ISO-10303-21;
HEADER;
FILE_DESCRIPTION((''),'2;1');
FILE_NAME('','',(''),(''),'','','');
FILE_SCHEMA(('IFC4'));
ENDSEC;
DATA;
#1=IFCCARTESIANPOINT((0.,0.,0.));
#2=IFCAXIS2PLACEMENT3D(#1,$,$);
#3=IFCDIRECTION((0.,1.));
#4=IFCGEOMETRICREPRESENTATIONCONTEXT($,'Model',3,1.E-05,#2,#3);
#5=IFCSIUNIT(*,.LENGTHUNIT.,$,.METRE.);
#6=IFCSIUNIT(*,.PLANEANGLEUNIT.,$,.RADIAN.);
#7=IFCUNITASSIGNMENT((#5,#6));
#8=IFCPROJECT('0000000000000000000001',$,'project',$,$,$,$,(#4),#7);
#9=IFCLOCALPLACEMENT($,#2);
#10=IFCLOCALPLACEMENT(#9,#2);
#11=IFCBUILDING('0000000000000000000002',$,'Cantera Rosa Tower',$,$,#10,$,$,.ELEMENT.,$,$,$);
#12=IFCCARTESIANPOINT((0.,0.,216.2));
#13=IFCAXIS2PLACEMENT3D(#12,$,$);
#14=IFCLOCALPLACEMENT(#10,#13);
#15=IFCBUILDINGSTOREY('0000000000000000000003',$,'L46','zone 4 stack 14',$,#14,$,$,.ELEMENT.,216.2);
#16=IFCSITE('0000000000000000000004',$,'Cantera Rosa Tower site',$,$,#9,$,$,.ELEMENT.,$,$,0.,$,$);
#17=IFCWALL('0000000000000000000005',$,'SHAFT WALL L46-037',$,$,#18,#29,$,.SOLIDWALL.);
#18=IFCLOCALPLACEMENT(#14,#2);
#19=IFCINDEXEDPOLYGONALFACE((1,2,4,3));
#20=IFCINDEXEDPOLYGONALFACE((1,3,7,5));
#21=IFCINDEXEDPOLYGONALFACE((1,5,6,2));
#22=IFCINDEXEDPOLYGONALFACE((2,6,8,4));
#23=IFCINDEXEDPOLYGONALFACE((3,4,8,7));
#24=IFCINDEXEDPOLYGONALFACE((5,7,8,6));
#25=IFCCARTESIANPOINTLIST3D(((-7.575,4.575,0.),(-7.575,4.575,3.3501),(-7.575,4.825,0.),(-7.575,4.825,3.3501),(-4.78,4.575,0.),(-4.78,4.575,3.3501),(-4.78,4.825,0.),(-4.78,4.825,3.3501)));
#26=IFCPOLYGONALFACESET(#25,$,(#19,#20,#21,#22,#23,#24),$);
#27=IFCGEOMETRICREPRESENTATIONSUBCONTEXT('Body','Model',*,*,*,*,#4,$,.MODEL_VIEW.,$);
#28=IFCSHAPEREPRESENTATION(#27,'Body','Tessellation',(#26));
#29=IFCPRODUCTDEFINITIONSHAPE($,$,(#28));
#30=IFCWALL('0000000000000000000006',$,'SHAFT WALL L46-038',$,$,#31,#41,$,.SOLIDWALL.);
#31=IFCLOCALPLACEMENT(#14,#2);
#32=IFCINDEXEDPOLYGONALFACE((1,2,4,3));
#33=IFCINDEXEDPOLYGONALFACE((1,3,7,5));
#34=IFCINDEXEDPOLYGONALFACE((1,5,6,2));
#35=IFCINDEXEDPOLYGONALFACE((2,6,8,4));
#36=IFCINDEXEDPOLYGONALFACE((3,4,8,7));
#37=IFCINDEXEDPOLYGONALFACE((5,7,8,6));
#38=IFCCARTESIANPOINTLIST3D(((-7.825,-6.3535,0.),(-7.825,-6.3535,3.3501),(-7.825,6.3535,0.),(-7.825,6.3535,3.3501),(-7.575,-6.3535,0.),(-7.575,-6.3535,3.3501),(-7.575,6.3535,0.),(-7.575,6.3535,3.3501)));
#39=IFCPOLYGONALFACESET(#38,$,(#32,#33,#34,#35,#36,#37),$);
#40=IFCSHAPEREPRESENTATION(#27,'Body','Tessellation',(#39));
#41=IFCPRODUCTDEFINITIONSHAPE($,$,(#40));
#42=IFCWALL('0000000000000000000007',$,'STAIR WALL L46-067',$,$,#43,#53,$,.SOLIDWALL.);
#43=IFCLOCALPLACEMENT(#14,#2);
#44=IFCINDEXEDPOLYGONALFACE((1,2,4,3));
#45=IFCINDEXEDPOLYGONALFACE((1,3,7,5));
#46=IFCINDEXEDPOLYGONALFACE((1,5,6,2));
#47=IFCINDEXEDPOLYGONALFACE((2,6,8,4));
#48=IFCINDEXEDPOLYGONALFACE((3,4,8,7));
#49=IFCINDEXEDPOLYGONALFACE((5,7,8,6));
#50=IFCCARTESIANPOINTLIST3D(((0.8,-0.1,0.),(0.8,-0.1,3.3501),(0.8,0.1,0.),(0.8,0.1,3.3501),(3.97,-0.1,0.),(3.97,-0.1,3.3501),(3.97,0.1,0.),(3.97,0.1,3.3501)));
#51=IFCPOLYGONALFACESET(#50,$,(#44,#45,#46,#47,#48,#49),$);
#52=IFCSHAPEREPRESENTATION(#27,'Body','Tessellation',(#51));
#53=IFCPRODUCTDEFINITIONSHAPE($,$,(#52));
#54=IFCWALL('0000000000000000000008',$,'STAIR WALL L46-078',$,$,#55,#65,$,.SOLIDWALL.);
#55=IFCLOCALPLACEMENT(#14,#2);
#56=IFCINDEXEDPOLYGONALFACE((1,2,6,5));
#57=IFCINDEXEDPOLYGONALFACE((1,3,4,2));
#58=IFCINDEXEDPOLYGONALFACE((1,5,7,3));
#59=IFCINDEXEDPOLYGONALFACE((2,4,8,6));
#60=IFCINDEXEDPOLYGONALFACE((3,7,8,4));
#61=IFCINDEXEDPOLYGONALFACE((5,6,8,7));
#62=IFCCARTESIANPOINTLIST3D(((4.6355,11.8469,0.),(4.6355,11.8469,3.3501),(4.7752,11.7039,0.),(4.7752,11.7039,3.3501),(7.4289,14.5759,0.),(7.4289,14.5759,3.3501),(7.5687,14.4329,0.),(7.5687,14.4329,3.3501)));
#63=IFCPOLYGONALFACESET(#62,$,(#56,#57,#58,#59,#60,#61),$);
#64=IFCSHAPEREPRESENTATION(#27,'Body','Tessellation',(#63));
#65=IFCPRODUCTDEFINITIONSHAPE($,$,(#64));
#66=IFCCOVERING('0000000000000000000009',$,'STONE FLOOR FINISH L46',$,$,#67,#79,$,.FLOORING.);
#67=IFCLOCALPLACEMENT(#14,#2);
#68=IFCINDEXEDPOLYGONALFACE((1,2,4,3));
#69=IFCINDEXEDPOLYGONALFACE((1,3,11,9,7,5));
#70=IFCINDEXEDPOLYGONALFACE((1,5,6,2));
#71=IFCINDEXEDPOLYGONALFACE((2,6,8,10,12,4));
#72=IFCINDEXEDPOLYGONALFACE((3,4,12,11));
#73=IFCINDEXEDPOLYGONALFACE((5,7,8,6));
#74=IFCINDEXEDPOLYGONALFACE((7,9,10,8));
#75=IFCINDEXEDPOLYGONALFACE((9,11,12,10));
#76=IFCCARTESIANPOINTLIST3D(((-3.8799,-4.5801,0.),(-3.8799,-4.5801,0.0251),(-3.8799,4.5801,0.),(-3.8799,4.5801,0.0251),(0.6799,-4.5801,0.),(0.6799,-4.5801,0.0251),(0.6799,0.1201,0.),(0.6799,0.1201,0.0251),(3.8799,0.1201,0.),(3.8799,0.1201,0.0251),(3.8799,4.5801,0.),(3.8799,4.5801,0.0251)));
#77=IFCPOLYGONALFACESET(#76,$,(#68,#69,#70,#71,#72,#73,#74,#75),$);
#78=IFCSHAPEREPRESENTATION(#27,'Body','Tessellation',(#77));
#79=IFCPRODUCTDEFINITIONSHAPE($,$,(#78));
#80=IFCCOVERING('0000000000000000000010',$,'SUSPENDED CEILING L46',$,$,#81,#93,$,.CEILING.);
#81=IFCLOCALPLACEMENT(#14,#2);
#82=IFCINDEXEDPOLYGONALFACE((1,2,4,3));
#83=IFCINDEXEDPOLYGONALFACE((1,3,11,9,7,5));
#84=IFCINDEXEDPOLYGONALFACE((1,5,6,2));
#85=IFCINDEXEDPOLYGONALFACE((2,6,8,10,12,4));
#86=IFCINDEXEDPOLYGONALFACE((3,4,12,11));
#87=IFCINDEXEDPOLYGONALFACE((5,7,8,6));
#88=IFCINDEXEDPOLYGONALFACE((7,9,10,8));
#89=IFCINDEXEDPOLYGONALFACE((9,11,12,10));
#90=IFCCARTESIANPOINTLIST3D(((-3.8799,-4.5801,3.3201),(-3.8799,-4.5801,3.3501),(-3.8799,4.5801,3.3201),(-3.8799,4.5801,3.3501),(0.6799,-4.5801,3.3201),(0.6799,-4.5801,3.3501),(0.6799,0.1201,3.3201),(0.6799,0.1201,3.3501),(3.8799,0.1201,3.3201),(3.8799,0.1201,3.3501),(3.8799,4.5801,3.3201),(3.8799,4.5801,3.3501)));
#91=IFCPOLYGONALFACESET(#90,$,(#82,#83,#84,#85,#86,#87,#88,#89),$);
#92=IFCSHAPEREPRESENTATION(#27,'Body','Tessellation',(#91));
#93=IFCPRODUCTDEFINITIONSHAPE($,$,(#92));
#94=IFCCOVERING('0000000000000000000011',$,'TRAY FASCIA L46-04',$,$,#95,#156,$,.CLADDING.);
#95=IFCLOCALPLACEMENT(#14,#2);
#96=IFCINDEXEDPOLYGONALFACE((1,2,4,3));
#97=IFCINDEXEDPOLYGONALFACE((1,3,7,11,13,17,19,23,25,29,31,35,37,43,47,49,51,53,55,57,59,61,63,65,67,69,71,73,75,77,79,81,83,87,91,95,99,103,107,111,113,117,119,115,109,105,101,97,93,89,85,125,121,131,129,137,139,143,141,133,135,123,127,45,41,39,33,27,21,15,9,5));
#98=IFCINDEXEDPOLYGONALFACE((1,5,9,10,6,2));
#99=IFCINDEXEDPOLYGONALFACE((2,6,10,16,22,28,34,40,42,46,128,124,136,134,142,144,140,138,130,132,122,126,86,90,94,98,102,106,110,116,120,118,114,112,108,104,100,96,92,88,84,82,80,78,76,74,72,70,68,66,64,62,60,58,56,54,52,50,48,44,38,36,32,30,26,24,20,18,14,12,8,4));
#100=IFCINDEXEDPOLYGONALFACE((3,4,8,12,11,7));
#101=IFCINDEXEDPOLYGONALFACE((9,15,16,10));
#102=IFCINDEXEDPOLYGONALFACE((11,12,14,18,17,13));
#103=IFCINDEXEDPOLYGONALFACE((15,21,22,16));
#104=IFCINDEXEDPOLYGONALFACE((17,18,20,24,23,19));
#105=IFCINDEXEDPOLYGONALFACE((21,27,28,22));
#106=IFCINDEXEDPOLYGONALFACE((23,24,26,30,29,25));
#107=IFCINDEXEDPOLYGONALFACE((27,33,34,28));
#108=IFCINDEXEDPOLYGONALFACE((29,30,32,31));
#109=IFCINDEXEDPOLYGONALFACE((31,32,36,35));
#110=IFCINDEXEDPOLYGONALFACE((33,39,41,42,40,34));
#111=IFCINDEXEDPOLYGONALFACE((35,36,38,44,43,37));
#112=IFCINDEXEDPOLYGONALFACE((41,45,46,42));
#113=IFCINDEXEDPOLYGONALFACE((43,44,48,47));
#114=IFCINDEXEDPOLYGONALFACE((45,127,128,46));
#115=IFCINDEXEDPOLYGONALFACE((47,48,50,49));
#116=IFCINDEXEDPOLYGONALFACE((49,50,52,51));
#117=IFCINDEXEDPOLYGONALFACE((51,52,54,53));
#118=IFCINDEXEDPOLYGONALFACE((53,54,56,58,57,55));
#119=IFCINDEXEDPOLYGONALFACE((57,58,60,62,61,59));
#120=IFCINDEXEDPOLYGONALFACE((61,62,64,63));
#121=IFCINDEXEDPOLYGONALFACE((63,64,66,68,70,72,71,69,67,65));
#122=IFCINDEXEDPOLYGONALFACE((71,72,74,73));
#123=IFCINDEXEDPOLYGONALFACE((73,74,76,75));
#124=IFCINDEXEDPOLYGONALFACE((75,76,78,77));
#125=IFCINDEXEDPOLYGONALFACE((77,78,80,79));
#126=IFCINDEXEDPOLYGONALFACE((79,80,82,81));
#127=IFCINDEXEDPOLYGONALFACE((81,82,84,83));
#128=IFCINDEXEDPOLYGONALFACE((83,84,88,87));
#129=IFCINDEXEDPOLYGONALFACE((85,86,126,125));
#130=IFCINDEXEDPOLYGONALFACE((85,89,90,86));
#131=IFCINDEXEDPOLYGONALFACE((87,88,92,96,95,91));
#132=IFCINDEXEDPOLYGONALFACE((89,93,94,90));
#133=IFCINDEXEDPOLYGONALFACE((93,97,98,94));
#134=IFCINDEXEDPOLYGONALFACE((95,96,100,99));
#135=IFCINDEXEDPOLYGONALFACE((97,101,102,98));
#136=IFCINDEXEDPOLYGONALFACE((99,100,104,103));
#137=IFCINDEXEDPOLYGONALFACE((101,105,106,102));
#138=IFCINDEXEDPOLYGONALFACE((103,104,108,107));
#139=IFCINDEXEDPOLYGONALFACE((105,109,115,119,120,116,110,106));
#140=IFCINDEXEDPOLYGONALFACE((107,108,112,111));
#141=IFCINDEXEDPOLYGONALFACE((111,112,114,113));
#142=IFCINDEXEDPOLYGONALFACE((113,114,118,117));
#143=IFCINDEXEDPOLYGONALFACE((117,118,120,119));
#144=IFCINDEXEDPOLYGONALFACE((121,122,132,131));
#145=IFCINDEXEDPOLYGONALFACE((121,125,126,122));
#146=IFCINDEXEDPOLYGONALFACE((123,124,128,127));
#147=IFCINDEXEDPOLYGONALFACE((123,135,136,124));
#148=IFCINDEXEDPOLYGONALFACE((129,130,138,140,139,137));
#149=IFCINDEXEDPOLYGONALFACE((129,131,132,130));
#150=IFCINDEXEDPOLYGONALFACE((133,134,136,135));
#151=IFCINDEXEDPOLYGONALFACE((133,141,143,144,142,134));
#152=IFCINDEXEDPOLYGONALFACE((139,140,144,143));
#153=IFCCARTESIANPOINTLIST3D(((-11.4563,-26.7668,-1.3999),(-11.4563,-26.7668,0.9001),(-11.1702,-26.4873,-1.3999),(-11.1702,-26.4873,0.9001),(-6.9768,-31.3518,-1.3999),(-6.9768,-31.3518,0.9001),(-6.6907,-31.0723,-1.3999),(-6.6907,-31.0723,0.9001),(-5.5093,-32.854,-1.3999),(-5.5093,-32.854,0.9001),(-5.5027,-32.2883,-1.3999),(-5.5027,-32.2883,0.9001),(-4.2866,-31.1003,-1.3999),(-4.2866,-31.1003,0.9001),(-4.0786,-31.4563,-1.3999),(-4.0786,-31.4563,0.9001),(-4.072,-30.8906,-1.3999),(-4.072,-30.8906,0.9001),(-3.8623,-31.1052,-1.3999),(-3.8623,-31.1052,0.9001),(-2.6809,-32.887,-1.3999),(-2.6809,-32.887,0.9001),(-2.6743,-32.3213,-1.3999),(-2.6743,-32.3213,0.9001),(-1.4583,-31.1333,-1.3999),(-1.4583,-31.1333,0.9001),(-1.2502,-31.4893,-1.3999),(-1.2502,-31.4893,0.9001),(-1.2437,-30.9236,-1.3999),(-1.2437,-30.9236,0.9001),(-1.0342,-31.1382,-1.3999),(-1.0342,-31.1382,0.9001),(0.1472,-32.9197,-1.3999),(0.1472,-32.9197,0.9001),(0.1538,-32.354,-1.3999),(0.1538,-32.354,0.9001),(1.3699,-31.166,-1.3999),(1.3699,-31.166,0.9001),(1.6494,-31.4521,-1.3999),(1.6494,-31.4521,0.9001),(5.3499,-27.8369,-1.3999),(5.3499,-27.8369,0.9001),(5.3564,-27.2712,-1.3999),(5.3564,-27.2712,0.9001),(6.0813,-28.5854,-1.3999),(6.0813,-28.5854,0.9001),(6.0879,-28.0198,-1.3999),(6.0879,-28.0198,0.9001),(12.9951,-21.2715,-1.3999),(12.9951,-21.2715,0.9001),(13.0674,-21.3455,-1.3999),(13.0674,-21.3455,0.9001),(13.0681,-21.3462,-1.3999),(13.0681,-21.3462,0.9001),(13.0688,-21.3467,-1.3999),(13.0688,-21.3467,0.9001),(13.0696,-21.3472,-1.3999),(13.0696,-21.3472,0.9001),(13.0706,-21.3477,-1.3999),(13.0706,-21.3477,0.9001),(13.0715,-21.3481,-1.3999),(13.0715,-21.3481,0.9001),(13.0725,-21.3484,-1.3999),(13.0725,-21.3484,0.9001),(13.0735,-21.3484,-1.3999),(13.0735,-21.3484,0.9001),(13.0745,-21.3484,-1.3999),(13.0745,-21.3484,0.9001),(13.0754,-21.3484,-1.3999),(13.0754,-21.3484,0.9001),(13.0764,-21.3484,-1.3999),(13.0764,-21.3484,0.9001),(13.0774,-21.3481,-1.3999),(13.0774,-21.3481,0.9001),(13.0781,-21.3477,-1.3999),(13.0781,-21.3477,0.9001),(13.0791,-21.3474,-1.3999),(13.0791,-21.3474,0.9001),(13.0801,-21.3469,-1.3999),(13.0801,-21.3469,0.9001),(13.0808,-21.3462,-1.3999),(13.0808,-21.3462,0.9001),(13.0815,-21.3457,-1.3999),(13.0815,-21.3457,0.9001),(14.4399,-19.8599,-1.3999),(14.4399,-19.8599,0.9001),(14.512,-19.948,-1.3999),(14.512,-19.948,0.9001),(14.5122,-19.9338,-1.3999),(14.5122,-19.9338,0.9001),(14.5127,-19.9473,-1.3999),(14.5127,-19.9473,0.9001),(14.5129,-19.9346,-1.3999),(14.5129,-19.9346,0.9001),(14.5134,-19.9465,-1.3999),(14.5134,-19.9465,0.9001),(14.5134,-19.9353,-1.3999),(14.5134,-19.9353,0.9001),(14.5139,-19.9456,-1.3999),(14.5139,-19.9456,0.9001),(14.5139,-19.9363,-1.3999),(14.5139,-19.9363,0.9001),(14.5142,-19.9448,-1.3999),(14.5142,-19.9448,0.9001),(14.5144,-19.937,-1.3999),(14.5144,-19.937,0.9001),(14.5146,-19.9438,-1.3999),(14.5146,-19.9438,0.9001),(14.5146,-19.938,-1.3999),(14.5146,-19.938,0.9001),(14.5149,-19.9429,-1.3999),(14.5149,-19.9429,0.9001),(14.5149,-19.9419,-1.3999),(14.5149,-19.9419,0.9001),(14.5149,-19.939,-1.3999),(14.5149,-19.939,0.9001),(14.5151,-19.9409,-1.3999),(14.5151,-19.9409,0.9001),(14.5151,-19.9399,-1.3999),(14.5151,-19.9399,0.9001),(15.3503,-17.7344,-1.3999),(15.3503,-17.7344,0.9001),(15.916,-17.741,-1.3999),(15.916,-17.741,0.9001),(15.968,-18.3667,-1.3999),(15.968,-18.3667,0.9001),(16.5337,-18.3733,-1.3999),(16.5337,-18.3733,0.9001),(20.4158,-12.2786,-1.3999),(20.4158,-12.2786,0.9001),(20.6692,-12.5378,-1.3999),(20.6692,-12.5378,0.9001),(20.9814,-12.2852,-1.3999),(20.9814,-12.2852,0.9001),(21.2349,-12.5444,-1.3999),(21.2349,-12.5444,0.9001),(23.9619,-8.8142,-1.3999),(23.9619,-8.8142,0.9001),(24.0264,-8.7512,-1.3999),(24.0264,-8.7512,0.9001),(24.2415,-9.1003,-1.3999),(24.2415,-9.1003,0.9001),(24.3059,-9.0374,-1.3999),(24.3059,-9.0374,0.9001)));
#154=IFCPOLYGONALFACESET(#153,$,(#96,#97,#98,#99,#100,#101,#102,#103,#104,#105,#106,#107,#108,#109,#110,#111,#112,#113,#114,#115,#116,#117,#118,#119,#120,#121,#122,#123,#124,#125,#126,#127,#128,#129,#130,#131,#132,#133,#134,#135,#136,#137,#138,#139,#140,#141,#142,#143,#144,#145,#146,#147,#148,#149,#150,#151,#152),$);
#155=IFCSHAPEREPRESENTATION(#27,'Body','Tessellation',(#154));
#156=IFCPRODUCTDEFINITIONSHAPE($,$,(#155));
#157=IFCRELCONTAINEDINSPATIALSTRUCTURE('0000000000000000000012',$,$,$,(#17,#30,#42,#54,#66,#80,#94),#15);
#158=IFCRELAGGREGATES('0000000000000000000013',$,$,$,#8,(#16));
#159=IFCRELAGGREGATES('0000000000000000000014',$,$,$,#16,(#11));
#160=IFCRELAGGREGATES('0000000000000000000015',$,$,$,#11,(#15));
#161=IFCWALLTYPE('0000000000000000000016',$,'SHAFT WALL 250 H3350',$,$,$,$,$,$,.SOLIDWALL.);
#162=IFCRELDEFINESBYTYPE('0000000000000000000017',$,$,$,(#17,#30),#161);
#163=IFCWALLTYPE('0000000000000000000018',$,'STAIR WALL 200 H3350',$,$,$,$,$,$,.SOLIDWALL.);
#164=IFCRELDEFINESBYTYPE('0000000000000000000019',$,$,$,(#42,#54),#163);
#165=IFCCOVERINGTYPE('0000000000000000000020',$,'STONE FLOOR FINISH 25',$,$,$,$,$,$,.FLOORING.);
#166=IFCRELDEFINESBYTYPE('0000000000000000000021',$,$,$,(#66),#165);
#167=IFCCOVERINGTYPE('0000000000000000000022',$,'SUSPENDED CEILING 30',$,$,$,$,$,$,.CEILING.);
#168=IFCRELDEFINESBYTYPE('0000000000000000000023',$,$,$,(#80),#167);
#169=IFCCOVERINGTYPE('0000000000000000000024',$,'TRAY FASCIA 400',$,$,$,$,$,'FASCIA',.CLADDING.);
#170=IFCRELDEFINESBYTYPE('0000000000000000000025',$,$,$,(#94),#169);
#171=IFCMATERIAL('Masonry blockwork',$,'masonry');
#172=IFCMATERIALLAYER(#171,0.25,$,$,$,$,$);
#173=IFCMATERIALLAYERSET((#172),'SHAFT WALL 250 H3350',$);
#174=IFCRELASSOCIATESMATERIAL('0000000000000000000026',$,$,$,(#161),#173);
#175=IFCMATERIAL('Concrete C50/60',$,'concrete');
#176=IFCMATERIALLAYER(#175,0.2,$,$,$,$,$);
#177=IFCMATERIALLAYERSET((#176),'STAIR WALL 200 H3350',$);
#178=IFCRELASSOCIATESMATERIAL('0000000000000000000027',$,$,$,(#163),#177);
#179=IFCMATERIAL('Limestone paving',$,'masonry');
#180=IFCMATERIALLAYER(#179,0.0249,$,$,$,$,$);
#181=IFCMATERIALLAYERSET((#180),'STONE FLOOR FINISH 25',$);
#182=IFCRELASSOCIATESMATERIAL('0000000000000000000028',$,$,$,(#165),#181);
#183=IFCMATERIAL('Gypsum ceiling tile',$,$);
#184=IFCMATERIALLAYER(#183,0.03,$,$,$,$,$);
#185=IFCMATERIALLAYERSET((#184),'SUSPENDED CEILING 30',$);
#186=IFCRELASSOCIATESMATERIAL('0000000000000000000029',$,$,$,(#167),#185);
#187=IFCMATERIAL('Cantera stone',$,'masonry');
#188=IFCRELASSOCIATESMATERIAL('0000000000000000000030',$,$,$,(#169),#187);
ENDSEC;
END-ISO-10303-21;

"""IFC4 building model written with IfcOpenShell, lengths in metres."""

from ifc_helpers import new_model, si_unit, direction, frame, frame_2d, origin, place, context, subcontext, project, spatial, polyline, rectangle, outline, extrude, material, layer, layer_set, type_object, element, save


model = new_model("IFC4")

# Units and contexts
model_context = context("Model", 3, precision=1e-05, world=origin(), true_north=direction((0.0, 1.0)))
body_context = subcontext(model_context, "Body", "Model", "MODEL_VIEW")
ifc_project = project(units=[si_unit("LENGTHUNIT", "METRE"), si_unit("PLANEANGLEUNIT", "RADIAN")], contexts=[model_context])

# Site, building, storey
site_placement = place(None, origin())
site = spatial("IfcSite", under=ifc_project, at=site_placement, Name="Cantera Rosa Tower site", CompositionType="ELEMENT", RefElevation=0.0)
building_placement = place(site_placement, origin())
building = spatial("IfcBuilding", under=site, at=building_placement, Name="Cantera Rosa Tower", CompositionType="ELEMENT")
storey_placement = place(building_placement, frame((0.0, 0.0, 216.2)))
storey = spatial("IfcBuildingStorey", under=building, at=storey_placement, Name="L46", Description="zone 4 stack 14", CompositionType="ELEMENT", Elevation=216.2)

# Walls
ifc_material_1 = material(Name="Masonry blockwork", Category="masonry")
ifc_layer_1 = layer(ifc_material_1, 0.25)
ifc_layer_set_1 = layer_set([ifc_layer_1], Name="SHAFT WALL 250 H3350")
wall_type_1 = type_object("IfcWallType", Name="SHAFT WALL 250 H3350", PredefinedType="SOLIDWALL", material=ifc_layer_set_1)
wall_1_placement = place(storey_placement, frame((-7.575, 4.7, 0.0), z_axis=(0.0, 0.0, 1.0), x_axis=(1.0, 0.0, 0.0)))
element("IfcWall", 1, at=wall_1_placement, inside=storey, type_object=wall_type_1, Name="SHAFT WALL L46-037", PredefinedType="SOLIDWALL", context=body_context, shape_type="SweptSolid", body=[
    extrude(rectangle(XDim=2.7949, YDim=0.25, at=frame_2d((1.3975, 0.0))), origin(), (0.0, 0.0, 1.0), 3.3501),
])
wall_2_placement = place(storey_placement, frame((-7.7, 6.3535, 0.0), z_axis=(0.0, 0.0, 1.0), x_axis=(0.0, -1.0, 0.0)))
element("IfcWall", 2, at=wall_2_placement, inside=storey, type_object=wall_type_1, Name="SHAFT WALL L46-038", PredefinedType="SOLIDWALL", context=body_context, shape_type="SweptSolid", body=[
    extrude(rectangle(XDim=12.707, YDim=0.25, at=frame_2d((6.3535, 0.0))), origin(), (0.0, 0.0, 1.0), 3.3501),
])
ifc_material_2 = material(Name="Concrete C50/60", Category="concrete")
ifc_layer_2 = layer(ifc_material_2, 0.2)
ifc_layer_set_2 = layer_set([ifc_layer_2], Name="STAIR WALL 200 H3350")
wall_type_2 = type_object("IfcWallType", Name="STAIR WALL 200 H3350", PredefinedType="SOLIDWALL", material=ifc_layer_set_2)
wall_3_placement = place(storey_placement, frame((0.8, 0.0, 0.0), z_axis=(0.0, 0.0, 1.0), x_axis=(1.0, 0.0, 0.0)))
element("IfcWall", 3, at=wall_3_placement, inside=storey, type_object=wall_type_2, Name="STAIR WALL L46-067", PredefinedType="SOLIDWALL", context=body_context, shape_type="SweptSolid", body=[
    extrude(rectangle(XDim=3.1699, YDim=0.2, at=frame_2d((1.585, 0.0))), origin(), (0.0, 0.0, 1.0), 3.3501),
])
wall_4_placement = place(storey_placement, frame((4.7053, 11.7754, 0.0), z_axis=(0.0, 0.0, 1.0), x_axis=(0.715311, 0.698806, 0.0)))
element("IfcWall", 4, at=wall_4_placement, inside=storey, type_object=wall_type_2, Name="STAIR WALL L46-078", PredefinedType="SOLIDWALL", context=body_context, shape_type="SweptSolid", body=[
    extrude(rectangle(XDim=3.9053, YDim=0.2, at=frame_2d((1.9526, 0.0))), origin(), (0.0, 0.0, 1.0), 3.3501),
])

# Coverings
ifc_material_3 = material(Name="Limestone paving", Category="masonry")
ifc_layer_3 = layer(ifc_material_3, 0.0249)
ifc_layer_set_3 = layer_set([ifc_layer_3], Name="STONE FLOOR FINISH 25")
covering_type_1 = type_object("IfcCoveringType", Name="STONE FLOOR FINISH 25", PredefinedType="FLOORING", material=ifc_layer_set_3)
covering_1_placement = place(storey_placement, origin())
element("IfcCovering", 5, at=covering_1_placement, inside=storey, type_object=covering_type_1, Name="STONE FLOOR FINISH L46", PredefinedType="FLOORING", context=body_context, shape_type="SweptSolid", body=[
    extrude(outline(polyline([(3.8799, 4.5801), (3.8799, 0.1201), (0.6799, 0.1201), (0.6799, -4.5801), (-3.8799, -4.5801), (-3.8799, 4.5801), (3.8799, 4.5801)])), origin(), (0.0, 0.0, 1.0), 0.0251),
])
ifc_material_4 = material(Name="Gypsum ceiling tile")
ifc_layer_4 = layer(ifc_material_4, 0.03)
ifc_layer_set_4 = layer_set([ifc_layer_4], Name="SUSPENDED CEILING 30")
covering_type_2 = type_object("IfcCoveringType", Name="SUSPENDED CEILING 30", PredefinedType="CEILING", material=ifc_layer_set_4)
covering_2_placement = place(storey_placement, frame((0.0, 0.0, 3.3201)))
element("IfcCovering", 6, at=covering_2_placement, inside=storey, type_object=covering_type_2, Name="SUSPENDED CEILING L46", PredefinedType="CEILING", context=body_context, shape_type="SweptSolid", body=[
    extrude(outline(polyline([(3.8799, 4.5801), (3.8799, 0.1201), (0.6799, 0.1201), (0.6799, -4.5801), (-3.8799, -4.5801), (-3.8799, 4.5801), (3.8799, 4.5801)])), origin(), (0.0, 0.0, 1.0), 0.03),
])
ifc_material_5 = material(Name="Cantera stone", Category="masonry")
covering_type_3 = type_object("IfcCoveringType", Name="TRAY FASCIA 400", ElementType="FASCIA", PredefinedType="CLADDING", material=ifc_material_5)
covering_3_placement = place(storey_placement, frame((0.0, 0.0, -1.3999)))
element("IfcCovering", 7, at=covering_3_placement, inside=storey, type_object=covering_type_3, Name="TRAY FASCIA L46-04", PredefinedType="CLADDING", context=body_context, shape_type="SweptSolid", body=[
    extrude(outline(polyline([(24.2415, -9.1003), (20.9814, -12.2852), (21.2349, -12.5444), (15.916, -17.741), (16.5337, -18.3733), (6.0813, -28.5854), (5.3499, -27.8369), (1.6494, -31.4521), (0.1472, -32.9197), (-1.2502, -31.4893), (-2.6809, -32.887), (-4.0786, -31.4563), (-5.5093, -32.854), (-6.9768, -31.3518), (-11.4563, -26.7668), (-11.1702, -26.4873), (-6.6907, -31.0723), (-5.5027, -32.2883), (-4.2866, -31.1003), (-4.072, -30.8906), (-3.8623, -31.1052), (-2.6743, -32.3213), (-1.4583, -31.1333), (-1.2437, -30.9236), (-1.0342, -31.1382), (0.1538, -32.354), (1.3699, -31.166), (5.3564, -27.2712), (6.0879, -28.0198), (12.9951, -21.2715), (13.0674, -21.3455), (13.0681, -21.3462), (13.0688, -21.3467), (13.0696, -21.3472), (13.0706, -21.3477), (13.0715, -21.3481), (13.0725, -21.3484), (13.0735, -21.3484), (13.0745, -21.3484), (13.0754, -21.3484), (13.0764, -21.3484), (13.0774, -21.3481), (13.0781, -21.3477), (13.0791, -21.3474), (13.0801, -21.3469), (13.0808, -21.3462), (13.0815, -21.3457), (14.512, -19.948), (14.5127, -19.9473), (14.5134, -19.9465), (14.5139, -19.9456), (14.5142, -19.9448), (14.5146, -19.9438), (14.5149, -19.9429), (14.5149, -19.9419), (14.5151, -19.9409), (14.5151, -19.9399), (14.5149, -19.939), (14.5146, -19.938), (14.5144, -19.937), (14.5139, -19.9363), (14.5134, -19.9353), (14.5129, -19.9346), (14.5122, -19.9338), (14.4399, -19.8599), (15.968, -18.3667), (15.3503, -17.7344), (20.6692, -12.5378), (20.4158, -12.2786), (23.9619, -8.8142), (24.0264, -8.7512), (24.3059, -9.0374), (24.2415, -9.1003)])), origin(), (0.0, 0.0, 1.0), 2.3),
])

save(model, "model.ifc")
